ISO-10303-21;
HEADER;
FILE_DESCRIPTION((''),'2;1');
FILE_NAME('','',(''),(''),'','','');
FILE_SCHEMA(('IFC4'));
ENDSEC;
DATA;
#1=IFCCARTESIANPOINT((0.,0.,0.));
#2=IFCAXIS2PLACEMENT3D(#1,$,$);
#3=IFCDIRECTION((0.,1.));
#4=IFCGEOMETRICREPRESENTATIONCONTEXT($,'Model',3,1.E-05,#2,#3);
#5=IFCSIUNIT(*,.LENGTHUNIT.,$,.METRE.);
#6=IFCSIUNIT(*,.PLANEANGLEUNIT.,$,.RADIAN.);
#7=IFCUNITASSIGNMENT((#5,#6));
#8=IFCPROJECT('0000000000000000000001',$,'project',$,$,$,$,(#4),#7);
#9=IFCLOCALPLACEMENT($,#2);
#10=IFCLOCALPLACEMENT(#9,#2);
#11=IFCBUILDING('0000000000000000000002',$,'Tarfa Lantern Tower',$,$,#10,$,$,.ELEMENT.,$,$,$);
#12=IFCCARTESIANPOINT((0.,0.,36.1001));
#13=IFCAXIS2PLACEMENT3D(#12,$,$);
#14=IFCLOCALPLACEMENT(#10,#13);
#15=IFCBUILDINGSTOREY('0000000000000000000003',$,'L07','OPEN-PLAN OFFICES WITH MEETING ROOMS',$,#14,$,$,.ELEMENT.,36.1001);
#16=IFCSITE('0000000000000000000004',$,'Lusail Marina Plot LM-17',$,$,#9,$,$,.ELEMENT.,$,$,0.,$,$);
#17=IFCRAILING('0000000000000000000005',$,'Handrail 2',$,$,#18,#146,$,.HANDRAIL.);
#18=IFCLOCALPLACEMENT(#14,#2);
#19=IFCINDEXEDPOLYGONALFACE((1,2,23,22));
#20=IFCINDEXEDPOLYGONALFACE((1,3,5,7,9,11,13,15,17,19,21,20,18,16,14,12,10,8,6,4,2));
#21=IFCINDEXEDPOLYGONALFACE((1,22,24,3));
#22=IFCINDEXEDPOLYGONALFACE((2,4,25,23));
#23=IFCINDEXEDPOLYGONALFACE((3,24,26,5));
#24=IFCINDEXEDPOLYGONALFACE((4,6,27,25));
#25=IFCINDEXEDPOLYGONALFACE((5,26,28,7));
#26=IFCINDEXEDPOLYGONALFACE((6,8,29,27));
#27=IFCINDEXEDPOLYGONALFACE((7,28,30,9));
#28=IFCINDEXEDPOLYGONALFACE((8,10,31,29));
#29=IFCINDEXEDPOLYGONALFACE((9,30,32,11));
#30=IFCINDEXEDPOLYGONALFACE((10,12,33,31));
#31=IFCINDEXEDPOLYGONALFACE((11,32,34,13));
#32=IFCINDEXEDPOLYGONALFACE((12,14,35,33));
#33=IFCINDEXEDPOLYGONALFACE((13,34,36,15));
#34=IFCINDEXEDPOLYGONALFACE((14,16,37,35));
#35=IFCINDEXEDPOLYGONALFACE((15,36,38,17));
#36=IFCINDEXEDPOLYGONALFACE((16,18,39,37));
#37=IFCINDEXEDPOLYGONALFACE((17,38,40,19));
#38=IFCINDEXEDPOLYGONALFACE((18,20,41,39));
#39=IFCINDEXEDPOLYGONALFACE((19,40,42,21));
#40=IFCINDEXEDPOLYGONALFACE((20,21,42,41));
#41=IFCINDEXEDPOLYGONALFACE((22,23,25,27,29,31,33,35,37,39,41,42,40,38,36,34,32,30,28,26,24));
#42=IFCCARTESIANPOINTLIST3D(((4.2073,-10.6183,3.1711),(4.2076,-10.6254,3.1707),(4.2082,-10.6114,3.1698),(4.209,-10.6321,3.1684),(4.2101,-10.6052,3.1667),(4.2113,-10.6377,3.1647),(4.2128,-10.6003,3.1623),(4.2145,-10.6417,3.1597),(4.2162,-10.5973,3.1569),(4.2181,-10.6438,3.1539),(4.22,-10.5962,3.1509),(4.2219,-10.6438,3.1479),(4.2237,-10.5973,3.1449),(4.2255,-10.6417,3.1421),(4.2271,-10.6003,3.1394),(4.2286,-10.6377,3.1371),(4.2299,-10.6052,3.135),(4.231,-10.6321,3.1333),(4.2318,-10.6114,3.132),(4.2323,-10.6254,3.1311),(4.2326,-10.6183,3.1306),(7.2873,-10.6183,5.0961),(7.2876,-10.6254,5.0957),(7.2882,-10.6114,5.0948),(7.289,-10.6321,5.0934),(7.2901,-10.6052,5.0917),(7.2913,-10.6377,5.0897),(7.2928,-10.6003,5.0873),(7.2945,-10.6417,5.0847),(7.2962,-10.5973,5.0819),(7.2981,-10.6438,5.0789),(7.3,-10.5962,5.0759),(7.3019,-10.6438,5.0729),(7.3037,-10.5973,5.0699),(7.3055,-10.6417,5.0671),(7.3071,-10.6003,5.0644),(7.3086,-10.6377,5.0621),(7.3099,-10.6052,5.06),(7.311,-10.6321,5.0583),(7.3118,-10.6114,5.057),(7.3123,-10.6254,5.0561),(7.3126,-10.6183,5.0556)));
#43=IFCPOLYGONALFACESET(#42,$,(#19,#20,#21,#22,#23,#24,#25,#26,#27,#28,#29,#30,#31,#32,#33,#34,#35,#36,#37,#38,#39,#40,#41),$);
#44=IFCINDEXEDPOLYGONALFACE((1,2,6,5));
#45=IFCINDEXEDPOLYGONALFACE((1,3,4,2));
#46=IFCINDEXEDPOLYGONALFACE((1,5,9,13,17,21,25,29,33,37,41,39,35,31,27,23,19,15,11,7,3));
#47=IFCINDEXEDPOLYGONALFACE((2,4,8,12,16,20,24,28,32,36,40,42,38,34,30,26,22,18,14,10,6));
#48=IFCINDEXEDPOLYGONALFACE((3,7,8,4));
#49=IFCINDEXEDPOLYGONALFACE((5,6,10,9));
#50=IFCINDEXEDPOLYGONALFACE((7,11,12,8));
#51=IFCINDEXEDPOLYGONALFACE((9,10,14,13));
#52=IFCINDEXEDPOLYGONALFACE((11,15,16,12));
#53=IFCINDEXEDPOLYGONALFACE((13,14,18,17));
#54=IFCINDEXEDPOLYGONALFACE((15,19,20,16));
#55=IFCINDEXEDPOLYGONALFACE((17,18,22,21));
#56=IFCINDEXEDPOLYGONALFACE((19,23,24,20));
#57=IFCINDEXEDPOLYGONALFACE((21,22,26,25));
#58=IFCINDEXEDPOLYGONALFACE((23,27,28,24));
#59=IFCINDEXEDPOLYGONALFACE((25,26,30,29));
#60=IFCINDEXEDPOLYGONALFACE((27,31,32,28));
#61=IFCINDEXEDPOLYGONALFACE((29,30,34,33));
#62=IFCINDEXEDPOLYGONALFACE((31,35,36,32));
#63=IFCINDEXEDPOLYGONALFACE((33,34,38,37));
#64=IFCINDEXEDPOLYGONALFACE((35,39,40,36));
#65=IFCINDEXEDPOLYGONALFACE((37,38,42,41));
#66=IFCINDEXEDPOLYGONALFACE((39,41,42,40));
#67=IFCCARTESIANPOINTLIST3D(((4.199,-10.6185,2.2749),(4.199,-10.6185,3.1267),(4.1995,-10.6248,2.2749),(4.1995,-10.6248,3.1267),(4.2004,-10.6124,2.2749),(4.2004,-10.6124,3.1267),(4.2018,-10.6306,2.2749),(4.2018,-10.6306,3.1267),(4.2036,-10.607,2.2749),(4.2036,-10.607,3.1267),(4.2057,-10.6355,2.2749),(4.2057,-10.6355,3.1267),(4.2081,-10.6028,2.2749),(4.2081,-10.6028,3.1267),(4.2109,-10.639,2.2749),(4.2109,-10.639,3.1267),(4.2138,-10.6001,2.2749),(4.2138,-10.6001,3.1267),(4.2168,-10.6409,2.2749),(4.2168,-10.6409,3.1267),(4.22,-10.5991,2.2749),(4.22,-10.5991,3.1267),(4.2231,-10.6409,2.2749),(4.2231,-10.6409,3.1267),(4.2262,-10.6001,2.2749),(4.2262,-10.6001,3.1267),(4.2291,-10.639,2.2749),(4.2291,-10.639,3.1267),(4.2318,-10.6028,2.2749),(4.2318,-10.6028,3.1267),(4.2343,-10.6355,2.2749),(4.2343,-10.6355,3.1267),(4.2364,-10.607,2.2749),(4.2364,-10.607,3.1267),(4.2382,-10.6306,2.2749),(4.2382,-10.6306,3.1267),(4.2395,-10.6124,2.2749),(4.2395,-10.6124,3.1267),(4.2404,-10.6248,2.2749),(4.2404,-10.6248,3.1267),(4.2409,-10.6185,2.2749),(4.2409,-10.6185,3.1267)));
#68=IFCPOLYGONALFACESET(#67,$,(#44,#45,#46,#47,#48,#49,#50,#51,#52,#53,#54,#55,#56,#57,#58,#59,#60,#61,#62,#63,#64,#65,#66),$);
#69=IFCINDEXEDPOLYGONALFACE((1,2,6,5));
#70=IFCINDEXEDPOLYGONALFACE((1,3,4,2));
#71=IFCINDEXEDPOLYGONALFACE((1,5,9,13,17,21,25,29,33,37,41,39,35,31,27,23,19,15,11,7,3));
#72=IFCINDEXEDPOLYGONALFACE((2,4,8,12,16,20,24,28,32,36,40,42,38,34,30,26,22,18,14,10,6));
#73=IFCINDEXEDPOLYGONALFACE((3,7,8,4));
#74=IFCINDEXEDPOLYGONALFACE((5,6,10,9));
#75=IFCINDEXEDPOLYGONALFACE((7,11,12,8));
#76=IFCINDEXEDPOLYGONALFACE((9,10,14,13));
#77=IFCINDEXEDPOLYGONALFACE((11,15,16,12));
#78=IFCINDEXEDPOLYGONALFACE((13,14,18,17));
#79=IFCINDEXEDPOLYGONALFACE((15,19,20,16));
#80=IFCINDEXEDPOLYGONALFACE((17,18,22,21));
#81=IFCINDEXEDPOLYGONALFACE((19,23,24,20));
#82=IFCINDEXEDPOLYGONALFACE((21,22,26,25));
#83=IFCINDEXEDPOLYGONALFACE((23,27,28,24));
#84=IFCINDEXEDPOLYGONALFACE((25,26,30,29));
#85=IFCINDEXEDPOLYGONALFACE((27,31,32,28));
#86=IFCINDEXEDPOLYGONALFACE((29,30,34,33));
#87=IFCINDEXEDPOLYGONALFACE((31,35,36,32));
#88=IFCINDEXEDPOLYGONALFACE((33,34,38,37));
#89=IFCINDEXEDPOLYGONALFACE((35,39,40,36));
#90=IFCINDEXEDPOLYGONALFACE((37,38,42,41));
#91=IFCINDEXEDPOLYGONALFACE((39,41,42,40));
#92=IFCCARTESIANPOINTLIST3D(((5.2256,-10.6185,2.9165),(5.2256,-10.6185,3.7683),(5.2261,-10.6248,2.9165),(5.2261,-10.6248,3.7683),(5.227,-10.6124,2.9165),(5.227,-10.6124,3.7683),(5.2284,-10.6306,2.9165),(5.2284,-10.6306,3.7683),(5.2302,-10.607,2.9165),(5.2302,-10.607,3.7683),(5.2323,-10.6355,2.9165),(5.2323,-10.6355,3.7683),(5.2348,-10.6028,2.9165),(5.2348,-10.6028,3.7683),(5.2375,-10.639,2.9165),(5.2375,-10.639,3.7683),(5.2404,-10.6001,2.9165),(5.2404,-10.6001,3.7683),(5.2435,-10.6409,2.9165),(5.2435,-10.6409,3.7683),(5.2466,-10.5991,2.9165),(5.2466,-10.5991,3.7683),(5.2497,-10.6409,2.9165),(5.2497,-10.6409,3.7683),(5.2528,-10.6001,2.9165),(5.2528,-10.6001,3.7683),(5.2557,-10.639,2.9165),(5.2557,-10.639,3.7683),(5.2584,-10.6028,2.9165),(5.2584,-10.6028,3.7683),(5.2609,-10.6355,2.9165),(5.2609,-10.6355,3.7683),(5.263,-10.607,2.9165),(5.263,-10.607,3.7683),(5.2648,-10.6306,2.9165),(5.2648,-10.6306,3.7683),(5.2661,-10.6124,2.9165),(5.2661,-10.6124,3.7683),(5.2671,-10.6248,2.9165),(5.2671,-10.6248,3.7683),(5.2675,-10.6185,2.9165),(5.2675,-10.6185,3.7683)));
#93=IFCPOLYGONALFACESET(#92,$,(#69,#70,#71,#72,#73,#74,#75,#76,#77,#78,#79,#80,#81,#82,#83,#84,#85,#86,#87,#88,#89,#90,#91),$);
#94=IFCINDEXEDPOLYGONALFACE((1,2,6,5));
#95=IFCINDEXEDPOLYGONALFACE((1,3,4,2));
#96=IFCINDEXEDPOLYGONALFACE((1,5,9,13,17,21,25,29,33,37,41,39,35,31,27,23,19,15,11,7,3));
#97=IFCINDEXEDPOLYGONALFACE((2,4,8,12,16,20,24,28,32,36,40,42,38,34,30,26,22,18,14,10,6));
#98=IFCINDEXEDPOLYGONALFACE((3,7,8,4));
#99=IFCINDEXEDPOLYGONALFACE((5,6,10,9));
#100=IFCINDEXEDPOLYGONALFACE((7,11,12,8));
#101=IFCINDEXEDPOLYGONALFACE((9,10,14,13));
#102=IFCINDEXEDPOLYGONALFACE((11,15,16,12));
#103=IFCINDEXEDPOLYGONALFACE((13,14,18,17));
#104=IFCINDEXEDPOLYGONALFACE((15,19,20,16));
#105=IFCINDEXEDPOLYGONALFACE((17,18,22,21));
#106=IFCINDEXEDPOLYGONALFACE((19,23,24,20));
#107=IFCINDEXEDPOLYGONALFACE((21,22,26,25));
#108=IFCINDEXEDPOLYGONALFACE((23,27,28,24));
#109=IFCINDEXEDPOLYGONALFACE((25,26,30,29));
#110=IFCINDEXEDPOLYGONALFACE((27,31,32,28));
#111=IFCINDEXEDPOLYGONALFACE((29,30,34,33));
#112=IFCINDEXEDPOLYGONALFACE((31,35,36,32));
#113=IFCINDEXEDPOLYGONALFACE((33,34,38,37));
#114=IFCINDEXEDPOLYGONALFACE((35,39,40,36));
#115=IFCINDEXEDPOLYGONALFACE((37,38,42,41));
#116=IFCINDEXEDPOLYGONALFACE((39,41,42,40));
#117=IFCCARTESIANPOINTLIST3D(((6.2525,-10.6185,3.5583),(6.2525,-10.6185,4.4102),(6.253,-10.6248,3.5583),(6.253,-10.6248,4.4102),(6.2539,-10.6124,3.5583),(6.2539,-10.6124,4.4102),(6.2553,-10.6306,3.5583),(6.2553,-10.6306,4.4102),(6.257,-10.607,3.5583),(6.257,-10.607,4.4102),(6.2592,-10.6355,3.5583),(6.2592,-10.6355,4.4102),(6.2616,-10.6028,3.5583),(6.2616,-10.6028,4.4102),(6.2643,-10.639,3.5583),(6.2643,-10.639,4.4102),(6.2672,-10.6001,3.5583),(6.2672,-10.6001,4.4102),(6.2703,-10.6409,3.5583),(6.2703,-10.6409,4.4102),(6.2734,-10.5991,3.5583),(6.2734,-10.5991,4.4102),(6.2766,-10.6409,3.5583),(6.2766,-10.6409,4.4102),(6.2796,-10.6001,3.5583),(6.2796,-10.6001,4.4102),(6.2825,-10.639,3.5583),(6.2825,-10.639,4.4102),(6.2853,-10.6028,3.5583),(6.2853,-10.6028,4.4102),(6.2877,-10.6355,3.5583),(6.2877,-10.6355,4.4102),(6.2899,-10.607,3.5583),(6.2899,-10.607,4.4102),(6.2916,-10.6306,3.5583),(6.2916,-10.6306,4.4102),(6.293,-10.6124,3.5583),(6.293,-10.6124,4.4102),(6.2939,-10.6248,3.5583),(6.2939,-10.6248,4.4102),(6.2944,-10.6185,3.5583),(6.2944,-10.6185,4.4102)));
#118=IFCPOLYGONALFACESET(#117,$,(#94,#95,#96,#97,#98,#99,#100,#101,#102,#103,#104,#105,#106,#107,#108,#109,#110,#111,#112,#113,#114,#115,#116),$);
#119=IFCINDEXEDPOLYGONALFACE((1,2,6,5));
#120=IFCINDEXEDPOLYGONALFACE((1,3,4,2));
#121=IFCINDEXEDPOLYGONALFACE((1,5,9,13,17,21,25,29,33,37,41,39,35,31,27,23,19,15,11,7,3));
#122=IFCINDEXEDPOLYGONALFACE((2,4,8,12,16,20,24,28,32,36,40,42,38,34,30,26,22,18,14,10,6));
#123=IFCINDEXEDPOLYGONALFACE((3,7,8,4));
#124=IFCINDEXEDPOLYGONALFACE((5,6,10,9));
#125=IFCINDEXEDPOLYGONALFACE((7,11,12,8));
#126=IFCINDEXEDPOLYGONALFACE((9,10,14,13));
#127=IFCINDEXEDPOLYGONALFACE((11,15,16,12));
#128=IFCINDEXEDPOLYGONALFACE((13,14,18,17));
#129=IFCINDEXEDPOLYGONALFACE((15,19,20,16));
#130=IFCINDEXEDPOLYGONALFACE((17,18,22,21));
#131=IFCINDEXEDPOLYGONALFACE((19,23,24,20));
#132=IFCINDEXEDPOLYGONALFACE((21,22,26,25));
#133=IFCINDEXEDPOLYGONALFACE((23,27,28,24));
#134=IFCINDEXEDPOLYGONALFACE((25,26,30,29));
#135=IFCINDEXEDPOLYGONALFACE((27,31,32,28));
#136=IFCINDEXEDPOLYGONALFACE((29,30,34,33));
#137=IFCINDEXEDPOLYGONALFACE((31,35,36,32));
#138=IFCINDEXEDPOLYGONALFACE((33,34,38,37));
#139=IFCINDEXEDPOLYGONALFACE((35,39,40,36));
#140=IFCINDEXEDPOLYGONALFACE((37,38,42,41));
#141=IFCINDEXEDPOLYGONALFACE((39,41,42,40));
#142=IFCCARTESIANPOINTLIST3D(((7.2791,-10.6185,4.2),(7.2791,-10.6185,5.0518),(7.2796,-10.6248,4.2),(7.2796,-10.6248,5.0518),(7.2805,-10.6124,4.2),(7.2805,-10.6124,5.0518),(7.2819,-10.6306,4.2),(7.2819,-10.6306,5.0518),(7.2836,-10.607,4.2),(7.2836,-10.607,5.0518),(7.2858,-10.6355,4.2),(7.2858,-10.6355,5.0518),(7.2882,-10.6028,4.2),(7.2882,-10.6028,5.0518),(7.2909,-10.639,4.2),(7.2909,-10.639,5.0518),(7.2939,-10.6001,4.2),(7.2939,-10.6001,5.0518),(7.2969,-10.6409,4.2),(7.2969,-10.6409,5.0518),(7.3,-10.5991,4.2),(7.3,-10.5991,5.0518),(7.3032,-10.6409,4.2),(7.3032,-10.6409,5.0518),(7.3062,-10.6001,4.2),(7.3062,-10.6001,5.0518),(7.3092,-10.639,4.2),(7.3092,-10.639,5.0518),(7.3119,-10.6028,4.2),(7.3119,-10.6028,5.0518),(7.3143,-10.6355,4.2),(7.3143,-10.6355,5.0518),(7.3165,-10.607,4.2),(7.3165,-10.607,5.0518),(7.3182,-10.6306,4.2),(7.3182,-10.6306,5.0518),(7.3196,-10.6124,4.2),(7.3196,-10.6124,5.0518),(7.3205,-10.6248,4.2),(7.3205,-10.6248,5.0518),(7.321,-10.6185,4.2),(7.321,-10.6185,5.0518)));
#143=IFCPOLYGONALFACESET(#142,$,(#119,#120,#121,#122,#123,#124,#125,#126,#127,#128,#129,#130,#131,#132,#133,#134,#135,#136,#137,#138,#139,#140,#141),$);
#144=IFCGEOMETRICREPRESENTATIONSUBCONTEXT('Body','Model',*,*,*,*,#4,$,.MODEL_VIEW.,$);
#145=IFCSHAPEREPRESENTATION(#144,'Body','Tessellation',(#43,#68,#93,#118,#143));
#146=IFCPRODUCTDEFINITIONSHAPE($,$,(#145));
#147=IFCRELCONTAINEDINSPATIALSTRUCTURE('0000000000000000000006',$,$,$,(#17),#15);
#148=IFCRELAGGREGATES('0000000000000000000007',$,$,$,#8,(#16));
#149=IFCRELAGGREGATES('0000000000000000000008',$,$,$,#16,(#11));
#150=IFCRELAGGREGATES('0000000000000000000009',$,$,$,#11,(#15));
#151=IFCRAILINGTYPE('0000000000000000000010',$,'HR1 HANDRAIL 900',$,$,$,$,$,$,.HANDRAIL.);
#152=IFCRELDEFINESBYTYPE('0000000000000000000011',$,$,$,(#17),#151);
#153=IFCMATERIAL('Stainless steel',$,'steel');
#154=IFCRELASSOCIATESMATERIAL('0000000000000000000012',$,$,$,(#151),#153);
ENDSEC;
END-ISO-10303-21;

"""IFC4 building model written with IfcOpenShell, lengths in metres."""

from ifc_helpers import new_model, si_unit, direction, frame, origin, origin_2d, place, context, subcontext, project, spatial, circle, extrude, material, type_object, element, save


model = new_model("IFC4")

# Units and contexts
model_context = context("Model", 3, precision=1e-05, world=origin(), true_north=direction((0.0, 1.0)))
body_context = subcontext(model_context, "Body", "Model", "MODEL_VIEW")
ifc_project = project(units=[si_unit("LENGTHUNIT", "METRE"), si_unit("PLANEANGLEUNIT", "RADIAN")], contexts=[model_context])

# Site, building, storey
site_placement = place(None, origin())
site = spatial("IfcSite", under=ifc_project, at=site_placement, Name="Lusail Marina Plot LM-17", CompositionType="ELEMENT", RefElevation=0.0)
building_placement = place(site_placement, origin())
building = spatial("IfcBuilding", under=site, at=building_placement, Name="Tarfa Lantern Tower", CompositionType="ELEMENT")
storey_placement = place(building_placement, frame((0.0, 0.0, 36.1001)))
storey = spatial("IfcBuildingStorey", under=building, at=storey_placement, Name="L07", Description="OPEN-PLAN OFFICES WITH MEETING ROOMS", CompositionType="ELEMENT", Elevation=36.1001)

# Railing
ifc_material_1 = material(Name="Stainless steel", Category="steel")
railing_type = type_object("IfcRailingType", Name="HR1 HANDRAIL 900", PredefinedType="HANDRAIL", material=ifc_material_1)
railing_1_placement = place(storey_placement, frame((4.22, -10.6201, 2.2749)))
element("IfcRailing", 1, at=railing_1_placement, inside=storey, type_object=railing_type, Name="Handrail 2", PredefinedType="HANDRAIL", context=body_context, shape_type="SweptSolid", body=[
    extrude(circle(Radius=0.0239, at=origin_2d()), frame((0.0, 0.0, 0.876), z_axis=(0.847998, 0.0, 0.529999), x_axis=(0.0, 1.0, 0.0)), (0.0, 0.0, 1.0), 3.6321),
    extrude(circle(Radius=0.021, at=origin_2d()), frame((0.0, 0.0, 0.0), z_axis=(0.0, 0.0, 1.0), x_axis=(0.0, 1.0, 0.0)), (0.0, 0.0, 1.0), 0.8518),
    extrude(circle(Radius=0.021, at=origin_2d()), frame((1.0266, 0.0, 0.6416), z_axis=(0.0, 0.0, 1.0), x_axis=(0.0, 1.0, 0.0)), (0.0, 0.0, 1.0), 0.8518),
    extrude(circle(Radius=0.021, at=origin_2d()), frame((2.0535, 0.0, 1.2834), z_axis=(0.0, 0.0, 1.0), x_axis=(0.0, 1.0, 0.0)), (0.0, 0.0, 1.0), 0.8518),
    extrude(circle(Radius=0.021, at=origin_2d()), frame((3.0801, 0.0, 1.925), z_axis=(0.0, 0.0, 1.0), x_axis=(0.0, 1.0, 0.0)), (0.0, 0.0, 1.0), 0.8518),
])

save(model, "model.ifc")
